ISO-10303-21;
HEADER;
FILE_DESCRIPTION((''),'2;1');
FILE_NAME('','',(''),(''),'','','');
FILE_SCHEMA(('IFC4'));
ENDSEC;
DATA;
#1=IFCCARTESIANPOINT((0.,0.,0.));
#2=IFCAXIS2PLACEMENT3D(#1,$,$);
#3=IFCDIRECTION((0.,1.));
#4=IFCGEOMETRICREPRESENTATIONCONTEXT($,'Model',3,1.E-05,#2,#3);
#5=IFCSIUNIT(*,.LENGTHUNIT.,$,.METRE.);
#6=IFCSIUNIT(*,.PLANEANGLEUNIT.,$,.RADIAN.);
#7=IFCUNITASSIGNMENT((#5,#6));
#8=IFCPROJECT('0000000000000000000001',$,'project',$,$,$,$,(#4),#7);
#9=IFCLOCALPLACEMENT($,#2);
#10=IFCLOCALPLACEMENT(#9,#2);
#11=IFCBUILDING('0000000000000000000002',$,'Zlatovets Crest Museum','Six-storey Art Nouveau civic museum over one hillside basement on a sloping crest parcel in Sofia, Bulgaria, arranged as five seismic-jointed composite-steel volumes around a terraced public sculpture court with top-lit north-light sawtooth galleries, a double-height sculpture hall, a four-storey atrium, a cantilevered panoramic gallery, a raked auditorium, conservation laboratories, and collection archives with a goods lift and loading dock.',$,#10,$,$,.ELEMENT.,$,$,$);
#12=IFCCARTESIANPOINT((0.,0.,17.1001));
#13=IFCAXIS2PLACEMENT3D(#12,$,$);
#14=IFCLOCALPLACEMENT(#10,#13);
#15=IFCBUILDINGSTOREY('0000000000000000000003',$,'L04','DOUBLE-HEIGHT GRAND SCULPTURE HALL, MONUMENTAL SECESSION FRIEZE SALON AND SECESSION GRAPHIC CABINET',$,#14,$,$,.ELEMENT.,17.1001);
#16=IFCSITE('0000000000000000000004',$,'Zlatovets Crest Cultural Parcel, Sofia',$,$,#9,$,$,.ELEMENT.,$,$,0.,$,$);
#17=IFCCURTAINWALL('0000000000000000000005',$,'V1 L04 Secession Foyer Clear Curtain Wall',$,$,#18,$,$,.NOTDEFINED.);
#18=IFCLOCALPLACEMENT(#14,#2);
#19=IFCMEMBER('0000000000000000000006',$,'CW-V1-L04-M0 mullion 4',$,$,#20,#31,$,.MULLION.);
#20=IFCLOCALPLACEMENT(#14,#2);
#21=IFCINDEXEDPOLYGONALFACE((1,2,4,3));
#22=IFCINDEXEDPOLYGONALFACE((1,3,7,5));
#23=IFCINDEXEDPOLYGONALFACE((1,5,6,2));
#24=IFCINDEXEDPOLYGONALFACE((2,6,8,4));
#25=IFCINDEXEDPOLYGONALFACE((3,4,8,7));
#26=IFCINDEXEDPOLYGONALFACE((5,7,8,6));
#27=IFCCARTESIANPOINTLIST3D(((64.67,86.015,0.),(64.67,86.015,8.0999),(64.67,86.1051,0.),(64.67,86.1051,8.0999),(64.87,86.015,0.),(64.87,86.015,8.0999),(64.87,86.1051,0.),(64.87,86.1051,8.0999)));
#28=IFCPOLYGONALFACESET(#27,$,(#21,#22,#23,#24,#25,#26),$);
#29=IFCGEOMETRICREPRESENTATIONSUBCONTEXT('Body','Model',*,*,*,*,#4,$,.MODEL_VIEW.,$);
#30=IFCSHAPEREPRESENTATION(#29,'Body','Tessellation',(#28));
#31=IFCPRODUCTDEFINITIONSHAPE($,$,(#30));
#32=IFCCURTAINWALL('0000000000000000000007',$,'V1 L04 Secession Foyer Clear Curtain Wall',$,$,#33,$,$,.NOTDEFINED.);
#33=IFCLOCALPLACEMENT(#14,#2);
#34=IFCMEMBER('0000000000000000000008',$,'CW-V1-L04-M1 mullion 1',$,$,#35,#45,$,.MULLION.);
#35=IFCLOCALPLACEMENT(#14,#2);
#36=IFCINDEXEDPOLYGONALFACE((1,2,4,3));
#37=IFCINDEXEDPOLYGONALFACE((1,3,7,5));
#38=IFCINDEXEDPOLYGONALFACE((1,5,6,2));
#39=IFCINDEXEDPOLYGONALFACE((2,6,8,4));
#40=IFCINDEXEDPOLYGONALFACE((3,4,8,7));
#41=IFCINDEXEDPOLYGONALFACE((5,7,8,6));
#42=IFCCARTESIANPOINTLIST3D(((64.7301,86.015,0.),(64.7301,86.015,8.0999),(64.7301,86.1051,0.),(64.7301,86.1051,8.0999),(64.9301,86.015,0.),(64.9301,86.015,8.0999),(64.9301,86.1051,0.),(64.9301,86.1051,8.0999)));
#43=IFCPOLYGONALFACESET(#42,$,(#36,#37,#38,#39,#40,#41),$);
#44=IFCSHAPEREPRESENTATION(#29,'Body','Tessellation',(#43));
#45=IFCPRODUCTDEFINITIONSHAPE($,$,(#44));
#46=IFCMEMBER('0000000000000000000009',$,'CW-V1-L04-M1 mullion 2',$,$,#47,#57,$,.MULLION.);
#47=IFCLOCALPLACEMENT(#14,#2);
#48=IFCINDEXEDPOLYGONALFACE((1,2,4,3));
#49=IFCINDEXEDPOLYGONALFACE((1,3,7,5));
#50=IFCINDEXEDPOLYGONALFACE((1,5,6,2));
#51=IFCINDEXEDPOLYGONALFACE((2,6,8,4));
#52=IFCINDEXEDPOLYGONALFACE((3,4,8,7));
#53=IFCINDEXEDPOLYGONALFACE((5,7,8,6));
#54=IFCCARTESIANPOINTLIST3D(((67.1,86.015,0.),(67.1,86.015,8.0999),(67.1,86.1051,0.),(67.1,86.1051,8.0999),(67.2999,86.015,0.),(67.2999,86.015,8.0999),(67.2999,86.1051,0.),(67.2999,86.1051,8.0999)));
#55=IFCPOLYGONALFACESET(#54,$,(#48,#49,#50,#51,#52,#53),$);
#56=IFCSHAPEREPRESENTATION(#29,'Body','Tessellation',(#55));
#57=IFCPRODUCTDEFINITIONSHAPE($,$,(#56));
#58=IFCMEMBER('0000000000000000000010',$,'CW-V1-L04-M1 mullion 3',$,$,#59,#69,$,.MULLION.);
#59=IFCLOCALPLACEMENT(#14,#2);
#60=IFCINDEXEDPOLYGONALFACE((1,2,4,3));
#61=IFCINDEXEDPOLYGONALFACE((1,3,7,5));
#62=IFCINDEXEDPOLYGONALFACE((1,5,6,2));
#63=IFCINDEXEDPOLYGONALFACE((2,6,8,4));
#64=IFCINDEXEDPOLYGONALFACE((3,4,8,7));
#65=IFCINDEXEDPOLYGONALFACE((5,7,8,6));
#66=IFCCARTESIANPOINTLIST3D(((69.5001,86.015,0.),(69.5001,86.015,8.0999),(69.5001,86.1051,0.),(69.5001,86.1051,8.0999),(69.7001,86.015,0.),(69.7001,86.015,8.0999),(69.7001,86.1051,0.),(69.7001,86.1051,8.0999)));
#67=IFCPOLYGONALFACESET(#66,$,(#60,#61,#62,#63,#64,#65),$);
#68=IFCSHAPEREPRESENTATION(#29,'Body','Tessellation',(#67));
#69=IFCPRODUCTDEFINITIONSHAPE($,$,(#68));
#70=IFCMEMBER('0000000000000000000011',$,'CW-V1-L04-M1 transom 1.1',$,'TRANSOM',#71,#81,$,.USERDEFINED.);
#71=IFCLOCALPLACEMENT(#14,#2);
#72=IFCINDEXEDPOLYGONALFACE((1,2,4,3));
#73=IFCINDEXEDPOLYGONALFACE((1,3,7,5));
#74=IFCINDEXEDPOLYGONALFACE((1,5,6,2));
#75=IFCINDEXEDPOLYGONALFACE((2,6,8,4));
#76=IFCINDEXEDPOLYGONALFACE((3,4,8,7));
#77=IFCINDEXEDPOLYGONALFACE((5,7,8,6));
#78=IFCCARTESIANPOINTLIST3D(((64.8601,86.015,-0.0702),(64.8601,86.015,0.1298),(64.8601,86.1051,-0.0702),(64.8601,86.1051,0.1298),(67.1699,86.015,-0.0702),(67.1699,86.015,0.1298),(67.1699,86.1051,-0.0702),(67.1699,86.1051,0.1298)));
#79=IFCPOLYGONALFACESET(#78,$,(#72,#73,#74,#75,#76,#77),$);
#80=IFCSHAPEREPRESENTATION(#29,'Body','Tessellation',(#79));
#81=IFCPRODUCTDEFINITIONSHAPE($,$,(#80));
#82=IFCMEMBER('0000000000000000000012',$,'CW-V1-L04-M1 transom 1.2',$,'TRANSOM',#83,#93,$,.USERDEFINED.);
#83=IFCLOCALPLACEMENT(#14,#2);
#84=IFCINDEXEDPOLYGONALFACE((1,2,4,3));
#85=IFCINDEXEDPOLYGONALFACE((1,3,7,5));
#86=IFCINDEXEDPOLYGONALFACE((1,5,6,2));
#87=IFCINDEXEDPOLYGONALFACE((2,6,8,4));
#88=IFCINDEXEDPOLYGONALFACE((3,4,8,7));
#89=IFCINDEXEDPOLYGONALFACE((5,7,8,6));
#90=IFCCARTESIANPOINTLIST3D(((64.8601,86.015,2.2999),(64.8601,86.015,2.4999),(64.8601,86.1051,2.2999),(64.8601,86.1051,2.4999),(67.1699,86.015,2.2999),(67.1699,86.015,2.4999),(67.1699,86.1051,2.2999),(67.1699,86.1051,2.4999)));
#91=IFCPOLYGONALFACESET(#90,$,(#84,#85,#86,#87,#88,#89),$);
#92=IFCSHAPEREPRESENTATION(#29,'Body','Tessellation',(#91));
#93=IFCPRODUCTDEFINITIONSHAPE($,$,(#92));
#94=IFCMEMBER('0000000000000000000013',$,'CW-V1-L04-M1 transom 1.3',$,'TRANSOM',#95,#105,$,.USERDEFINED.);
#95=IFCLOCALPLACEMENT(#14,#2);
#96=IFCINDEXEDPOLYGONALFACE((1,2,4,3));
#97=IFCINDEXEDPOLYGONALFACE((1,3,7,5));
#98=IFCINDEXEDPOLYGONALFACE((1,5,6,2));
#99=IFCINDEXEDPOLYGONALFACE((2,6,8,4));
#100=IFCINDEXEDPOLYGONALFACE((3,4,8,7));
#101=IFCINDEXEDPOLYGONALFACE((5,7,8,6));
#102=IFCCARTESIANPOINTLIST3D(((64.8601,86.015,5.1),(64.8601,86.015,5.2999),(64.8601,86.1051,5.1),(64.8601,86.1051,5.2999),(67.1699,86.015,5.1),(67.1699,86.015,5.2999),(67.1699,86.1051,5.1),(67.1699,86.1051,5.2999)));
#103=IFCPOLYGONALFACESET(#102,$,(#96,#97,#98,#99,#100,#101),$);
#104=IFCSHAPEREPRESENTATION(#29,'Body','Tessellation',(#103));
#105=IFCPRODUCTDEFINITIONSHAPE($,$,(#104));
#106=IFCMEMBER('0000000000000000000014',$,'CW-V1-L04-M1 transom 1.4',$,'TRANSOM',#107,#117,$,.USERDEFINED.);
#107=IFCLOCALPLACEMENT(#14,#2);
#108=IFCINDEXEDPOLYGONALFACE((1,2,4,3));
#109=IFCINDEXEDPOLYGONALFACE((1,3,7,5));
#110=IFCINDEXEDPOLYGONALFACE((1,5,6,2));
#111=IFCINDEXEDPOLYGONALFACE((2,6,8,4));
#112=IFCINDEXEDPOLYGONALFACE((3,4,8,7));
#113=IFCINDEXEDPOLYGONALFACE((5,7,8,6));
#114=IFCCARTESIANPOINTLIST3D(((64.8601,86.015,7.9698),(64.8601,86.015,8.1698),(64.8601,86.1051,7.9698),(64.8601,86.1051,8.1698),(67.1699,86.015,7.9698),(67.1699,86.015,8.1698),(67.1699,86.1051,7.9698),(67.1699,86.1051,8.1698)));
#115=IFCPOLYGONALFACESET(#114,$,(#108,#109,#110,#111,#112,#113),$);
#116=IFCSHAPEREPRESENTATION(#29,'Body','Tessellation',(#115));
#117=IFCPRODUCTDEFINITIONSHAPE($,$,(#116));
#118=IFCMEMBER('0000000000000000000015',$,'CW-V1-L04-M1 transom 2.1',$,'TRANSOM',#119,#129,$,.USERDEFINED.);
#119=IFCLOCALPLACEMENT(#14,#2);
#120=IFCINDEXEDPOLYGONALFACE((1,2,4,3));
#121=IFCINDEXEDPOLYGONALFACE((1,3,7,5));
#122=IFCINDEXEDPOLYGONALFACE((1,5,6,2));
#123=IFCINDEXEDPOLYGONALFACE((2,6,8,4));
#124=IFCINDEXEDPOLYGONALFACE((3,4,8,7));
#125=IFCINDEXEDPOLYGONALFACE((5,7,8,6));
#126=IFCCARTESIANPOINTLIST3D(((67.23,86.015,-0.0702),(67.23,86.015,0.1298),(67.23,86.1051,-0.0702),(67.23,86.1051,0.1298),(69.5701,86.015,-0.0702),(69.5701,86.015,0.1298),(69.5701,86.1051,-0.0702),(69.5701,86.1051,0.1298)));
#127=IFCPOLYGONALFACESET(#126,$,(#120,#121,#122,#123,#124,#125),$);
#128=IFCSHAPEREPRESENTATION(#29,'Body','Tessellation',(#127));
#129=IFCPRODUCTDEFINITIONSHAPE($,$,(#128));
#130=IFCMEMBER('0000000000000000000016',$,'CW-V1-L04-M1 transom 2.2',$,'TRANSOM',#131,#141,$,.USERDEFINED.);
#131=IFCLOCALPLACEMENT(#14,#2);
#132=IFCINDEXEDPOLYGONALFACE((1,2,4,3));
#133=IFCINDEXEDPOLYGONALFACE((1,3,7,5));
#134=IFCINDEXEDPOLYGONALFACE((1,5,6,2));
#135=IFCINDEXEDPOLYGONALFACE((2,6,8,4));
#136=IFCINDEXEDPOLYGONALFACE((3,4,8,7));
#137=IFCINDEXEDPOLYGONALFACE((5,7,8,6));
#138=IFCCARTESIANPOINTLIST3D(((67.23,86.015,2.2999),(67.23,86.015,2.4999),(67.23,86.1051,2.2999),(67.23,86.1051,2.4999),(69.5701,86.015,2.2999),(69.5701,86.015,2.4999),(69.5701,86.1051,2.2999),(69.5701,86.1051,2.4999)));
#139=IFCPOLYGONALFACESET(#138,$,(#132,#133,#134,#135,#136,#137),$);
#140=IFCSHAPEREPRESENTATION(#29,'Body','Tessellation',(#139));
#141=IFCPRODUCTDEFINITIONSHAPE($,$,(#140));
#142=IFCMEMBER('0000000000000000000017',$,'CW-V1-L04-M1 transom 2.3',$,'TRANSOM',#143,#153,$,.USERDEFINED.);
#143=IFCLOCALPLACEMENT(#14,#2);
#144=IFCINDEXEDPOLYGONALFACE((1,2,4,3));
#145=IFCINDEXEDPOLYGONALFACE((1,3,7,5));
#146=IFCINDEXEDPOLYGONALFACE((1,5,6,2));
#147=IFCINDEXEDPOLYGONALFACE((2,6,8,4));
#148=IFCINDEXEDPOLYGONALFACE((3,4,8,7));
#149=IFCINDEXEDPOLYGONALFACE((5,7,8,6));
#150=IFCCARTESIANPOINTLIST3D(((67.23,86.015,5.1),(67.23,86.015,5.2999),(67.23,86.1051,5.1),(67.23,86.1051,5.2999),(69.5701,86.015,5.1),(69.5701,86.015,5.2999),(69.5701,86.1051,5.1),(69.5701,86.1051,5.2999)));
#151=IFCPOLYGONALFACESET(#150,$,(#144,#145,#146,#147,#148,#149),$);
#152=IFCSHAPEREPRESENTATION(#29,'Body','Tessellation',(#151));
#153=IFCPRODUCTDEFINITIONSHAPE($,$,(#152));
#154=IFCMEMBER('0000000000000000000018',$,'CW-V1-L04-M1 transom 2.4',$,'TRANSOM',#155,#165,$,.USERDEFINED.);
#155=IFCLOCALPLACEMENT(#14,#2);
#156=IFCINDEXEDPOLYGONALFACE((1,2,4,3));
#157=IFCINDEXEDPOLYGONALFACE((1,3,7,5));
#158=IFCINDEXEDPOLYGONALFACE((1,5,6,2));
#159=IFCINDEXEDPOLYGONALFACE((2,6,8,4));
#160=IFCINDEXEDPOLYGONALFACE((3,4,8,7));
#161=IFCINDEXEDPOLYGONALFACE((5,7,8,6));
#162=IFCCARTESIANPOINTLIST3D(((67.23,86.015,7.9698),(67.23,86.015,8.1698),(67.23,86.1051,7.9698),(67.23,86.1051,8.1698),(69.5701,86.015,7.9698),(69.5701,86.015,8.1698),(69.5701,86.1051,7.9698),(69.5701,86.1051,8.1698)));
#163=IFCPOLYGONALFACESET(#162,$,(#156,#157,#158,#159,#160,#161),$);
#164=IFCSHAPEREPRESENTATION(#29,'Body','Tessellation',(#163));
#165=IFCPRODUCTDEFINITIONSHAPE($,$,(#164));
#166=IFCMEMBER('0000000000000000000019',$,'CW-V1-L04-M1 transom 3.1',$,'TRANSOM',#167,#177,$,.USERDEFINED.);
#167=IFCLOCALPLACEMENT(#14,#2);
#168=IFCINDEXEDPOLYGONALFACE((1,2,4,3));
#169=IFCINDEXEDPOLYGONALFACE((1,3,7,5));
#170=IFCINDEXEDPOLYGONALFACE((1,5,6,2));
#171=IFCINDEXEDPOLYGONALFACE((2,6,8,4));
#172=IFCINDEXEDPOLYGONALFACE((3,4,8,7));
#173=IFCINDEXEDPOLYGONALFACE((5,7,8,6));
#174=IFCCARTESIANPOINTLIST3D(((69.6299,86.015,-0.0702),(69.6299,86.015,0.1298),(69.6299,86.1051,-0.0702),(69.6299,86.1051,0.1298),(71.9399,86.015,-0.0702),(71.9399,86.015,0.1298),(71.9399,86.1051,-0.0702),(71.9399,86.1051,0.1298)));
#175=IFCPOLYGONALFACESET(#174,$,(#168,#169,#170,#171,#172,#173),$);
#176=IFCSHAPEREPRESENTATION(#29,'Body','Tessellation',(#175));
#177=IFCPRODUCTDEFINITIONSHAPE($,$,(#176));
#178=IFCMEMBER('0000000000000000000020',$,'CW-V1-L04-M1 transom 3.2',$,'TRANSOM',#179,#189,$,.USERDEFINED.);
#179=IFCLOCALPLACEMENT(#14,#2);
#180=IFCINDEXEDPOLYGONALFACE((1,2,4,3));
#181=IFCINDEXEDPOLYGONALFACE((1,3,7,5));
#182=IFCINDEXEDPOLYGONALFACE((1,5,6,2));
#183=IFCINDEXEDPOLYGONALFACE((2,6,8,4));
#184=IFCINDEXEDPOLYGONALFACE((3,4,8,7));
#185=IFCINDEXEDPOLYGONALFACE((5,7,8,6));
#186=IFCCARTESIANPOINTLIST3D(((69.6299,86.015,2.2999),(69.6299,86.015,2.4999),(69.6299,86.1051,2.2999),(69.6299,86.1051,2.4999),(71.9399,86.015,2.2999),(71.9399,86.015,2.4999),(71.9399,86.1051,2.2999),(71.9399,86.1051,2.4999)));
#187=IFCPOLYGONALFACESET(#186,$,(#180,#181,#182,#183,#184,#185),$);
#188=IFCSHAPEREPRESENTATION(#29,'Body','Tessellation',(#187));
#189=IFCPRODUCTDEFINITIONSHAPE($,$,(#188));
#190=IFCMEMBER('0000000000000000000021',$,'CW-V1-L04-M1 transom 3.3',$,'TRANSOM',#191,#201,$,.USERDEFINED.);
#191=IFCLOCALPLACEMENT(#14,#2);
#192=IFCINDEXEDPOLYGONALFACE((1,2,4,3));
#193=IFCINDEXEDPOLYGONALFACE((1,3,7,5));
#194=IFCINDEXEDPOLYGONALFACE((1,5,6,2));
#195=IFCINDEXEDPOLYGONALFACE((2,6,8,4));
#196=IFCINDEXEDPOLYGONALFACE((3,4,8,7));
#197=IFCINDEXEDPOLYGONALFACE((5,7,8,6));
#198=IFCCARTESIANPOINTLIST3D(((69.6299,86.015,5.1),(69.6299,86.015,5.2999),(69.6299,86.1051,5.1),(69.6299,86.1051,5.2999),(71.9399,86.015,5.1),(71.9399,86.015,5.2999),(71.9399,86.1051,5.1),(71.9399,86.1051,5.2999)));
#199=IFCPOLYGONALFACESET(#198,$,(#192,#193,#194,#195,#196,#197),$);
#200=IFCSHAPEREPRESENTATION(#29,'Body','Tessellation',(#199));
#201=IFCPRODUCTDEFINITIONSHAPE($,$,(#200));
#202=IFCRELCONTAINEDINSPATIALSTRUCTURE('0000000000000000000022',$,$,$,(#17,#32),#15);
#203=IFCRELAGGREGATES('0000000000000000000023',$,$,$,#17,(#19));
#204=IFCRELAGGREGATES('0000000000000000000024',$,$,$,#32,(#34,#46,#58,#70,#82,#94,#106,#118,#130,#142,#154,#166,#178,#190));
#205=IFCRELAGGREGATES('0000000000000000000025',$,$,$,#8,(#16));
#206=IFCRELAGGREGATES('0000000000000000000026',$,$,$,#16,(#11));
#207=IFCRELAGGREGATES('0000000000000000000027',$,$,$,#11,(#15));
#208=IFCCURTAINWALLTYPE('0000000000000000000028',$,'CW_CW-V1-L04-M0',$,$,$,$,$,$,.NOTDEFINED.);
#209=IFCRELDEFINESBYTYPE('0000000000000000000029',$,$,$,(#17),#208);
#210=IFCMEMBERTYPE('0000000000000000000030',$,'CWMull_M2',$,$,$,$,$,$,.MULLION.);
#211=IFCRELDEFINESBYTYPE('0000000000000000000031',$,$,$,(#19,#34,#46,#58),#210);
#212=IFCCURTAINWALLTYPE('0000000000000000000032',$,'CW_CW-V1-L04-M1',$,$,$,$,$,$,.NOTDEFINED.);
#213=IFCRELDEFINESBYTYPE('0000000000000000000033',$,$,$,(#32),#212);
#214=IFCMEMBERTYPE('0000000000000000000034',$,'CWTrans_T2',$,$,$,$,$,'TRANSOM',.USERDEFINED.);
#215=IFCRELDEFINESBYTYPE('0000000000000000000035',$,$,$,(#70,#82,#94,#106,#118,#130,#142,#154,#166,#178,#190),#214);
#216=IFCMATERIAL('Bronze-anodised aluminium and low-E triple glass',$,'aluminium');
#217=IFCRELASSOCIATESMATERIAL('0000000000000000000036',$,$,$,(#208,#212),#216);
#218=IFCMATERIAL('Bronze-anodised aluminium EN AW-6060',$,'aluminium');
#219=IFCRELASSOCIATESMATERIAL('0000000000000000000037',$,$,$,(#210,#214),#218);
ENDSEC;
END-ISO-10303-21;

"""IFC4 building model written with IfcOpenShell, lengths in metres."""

from ifc_helpers import new_model, si_unit, direction, frame, origin, origin_2d, place, context, subcontext, project, spatial, rectangle, extrude, material, material_profile, profile_set, type_object, element, aggregate, save


model = new_model("IFC4")

# Units and contexts
model_context = context("Model", 3, precision=1e-05, world=origin(), true_north=direction((0.0, 1.0)))
body_context = subcontext(model_context, "Body", "Model", "MODEL_VIEW")
ifc_project = project(units=[si_unit("LENGTHUNIT", "METRE"), si_unit("PLANEANGLEUNIT", "RADIAN")], contexts=[model_context])

# Site, building, storey
site_placement = place(None, origin())
site = spatial("IfcSite", under=ifc_project, at=site_placement, Name="Zlatovets Crest Cultural Parcel, Sofia", CompositionType="ELEMENT", RefElevation=0.0)
building_placement = place(site_placement, origin())
building = spatial("IfcBuilding", under=site, at=building_placement, Name="Zlatovets Crest Museum", Description="Six-storey Art Nouveau civic museum over one hillside basement on a sloping crest parcel in Sofia, Bulgaria, arranged as five seismic-jointed composite-steel volumes around a terraced public sculpture court with top-lit north-light sawtooth galleries, a double-height sculpture hall, a four-storey atrium, a cantilevered panoramic gallery, a raked auditorium, conservation laboratories, and collection archives with a goods lift and loading dock.", CompositionType="ELEMENT")
storey_placement = place(building_placement, frame((0.0, 0.0, 17.1001)))
storey = spatial("IfcBuildingStorey", under=building, at=storey_placement, Name="L04", Description="DOUBLE-HEIGHT GRAND SCULPTURE HALL, MONUMENTAL SECESSION FRIEZE SALON AND SECESSION GRAPHIC CABINET", CompositionType="ELEMENT", Elevation=17.1001)

# Curtain wall, member
ifc_material_1 = material(Name="Bronze-anodised aluminium and low-E triple glass", Category="aluminium")
curtain_wall_type_1 = type_object("IfcCurtainWallType", Name="CW_CW-V1-L04-M0", PredefinedType="NOTDEFINED", material=ifc_material_1)
curtain_wall_1_placement = place(storey_placement, origin())
curtain_wall_1 = element("IfcCurtainWall", 1, at=curtain_wall_1_placement, inside=storey, type_object=curtain_wall_type_1, Name="V1 L04 Secession Foyer Clear Curtain Wall", PredefinedType="NOTDEFINED")
ifc_material_2 = material(Name="Bronze-anodised aluminium EN AW-6060", Category="aluminium")
ifc_material_profile_1 = material_profile(ifc_material_2, rectangle(XDim=0.0901, YDim=0.2, at=origin_2d()), Name="ALU 90x200")
ifc_profile_set_1 = profile_set([ifc_material_profile_1], Name="Bronze-anodised aluminium EN AW-6060")
member_type_1 = type_object("IfcMemberType", Name="CWMull_M2", PredefinedType="MULLION", material=ifc_profile_set_1)
member_1_placement = place(storey_placement, frame((64.77, 86.0601, 0.0), z_axis=(0.0, 0.0, 1.0), x_axis=(0.0, 1.0, 0.0)))
member_1 = element("IfcMember", 2, at=member_1_placement, type_object=member_type_1, Name="CW-V1-L04-M0 mullion 4", PredefinedType="MULLION", context=body_context, shape_type="SweptSolid", body=[
    extrude(rectangle(XDim=0.0901, YDim=0.2, at=origin_2d()), origin(), (0.0, 0.0, 1.0), 8.0999),
])
aggregate(curtain_wall_1, [member_1])

# Curtain wall, members
curtain_wall_type_2 = type_object("IfcCurtainWallType", Name="CW_CW-V1-L04-M1", PredefinedType="NOTDEFINED", material=ifc_material_1)
curtain_wall_2_placement = place(storey_placement, origin())
curtain_wall_2 = element("IfcCurtainWall", 3, at=curtain_wall_2_placement, inside=storey, type_object=curtain_wall_type_2, Name="V1 L04 Secession Foyer Clear Curtain Wall", PredefinedType="NOTDEFINED")
member_2_placement = place(storey_placement, frame((64.8301, 86.0601, 0.0), z_axis=(0.0, 0.0, 1.0), x_axis=(0.0, 1.0, 0.0)))
member_2 = element("IfcMember", 4, at=member_2_placement, type_object=member_type_1, Name="CW-V1-L04-M1 mullion 1", PredefinedType="MULLION", context=body_context, shape_type="SweptSolid", body=[
    extrude(rectangle(XDim=0.0901, YDim=0.2, at=origin_2d()), origin(), (0.0, 0.0, 1.0), 8.0999),
])
member_3_placement = place(storey_placement, frame((67.2, 86.0601, 0.0), z_axis=(0.0, 0.0, 1.0), x_axis=(0.0, 1.0, 0.0)))
member_3 = element("IfcMember", 5, at=member_3_placement, type_object=member_type_1, Name="CW-V1-L04-M1 mullion 2", PredefinedType="MULLION", context=body_context, shape_type="SweptSolid", body=[
    extrude(rectangle(XDim=0.0901, YDim=0.2, at=origin_2d()), origin(), (0.0, 0.0, 1.0), 8.0999),
])
member_4_placement = place(storey_placement, frame((69.6001, 86.0601, 0.0), z_axis=(0.0, 0.0, 1.0), x_axis=(0.0, 1.0, 0.0)))
member_4 = element("IfcMember", 6, at=member_4_placement, type_object=member_type_1, Name="CW-V1-L04-M1 mullion 3", PredefinedType="MULLION", context=body_context, shape_type="SweptSolid", body=[
    extrude(rectangle(XDim=0.0901, YDim=0.2, at=origin_2d()), origin(), (0.0, 0.0, 1.0), 8.0999),
])
ifc_material_profile_2 = material_profile(ifc_material_2, rectangle(XDim=0.0901, YDim=0.2, at=origin_2d()), Name="ALU 90x200")
ifc_profile_set_2 = profile_set([ifc_material_profile_2], Name="Bronze-anodised aluminium EN AW-6060")
member_type_2 = type_object("IfcMemberType", Name="CWTrans_T2", ElementType="TRANSOM", PredefinedType="USERDEFINED", material=ifc_profile_set_2)
member_5_placement = place(storey_placement, frame((64.8601, 86.0601, 0.0298), z_axis=(1.0, 0.0, 0.0), x_axis=(0.0, 1.0, 0.0)))
member_5 = element("IfcMember", 7, at=member_5_placement, type_object=member_type_2, Name="CW-V1-L04-M1 transom 1.1", ObjectType="TRANSOM", PredefinedType="USERDEFINED", context=body_context, shape_type="SweptSolid", body=[
    extrude(rectangle(XDim=0.0901, YDim=0.2, at=origin_2d()), origin(), (0.0, 0.0, 1.0), 2.3098),
])
member_6_placement = place(storey_placement, frame((64.8601, 86.0601, 2.3999), z_axis=(1.0, 0.0, 0.0), x_axis=(0.0, 1.0, 0.0)))
member_6 = element("IfcMember", 8, at=member_6_placement, type_object=member_type_2, Name="CW-V1-L04-M1 transom 1.2", ObjectType="TRANSOM", PredefinedType="USERDEFINED", context=body_context, shape_type="SweptSolid", body=[
    extrude(rectangle(XDim=0.0901, YDim=0.2, at=origin_2d()), origin(), (0.0, 0.0, 1.0), 2.3098),
])
member_7_placement = place(storey_placement, frame((64.8601, 86.0601, 5.2), z_axis=(1.0, 0.0, 0.0), x_axis=(0.0, 1.0, 0.0)))
member_7 = element("IfcMember", 9, at=member_7_placement, type_object=member_type_2, Name="CW-V1-L04-M1 transom 1.3", ObjectType="TRANSOM", PredefinedType="USERDEFINED", context=body_context, shape_type="SweptSolid", body=[
    extrude(rectangle(XDim=0.0901, YDim=0.2, at=origin_2d()), origin(), (0.0, 0.0, 1.0), 2.3098),
])
member_8_placement = place(storey_placement, frame((64.8601, 86.0601, 8.0698), z_axis=(1.0, 0.0, 0.0), x_axis=(0.0, 1.0, 0.0)))
member_8 = element("IfcMember", 10, at=member_8_placement, type_object=member_type_2, Name="CW-V1-L04-M1 transom 1.4", ObjectType="TRANSOM", PredefinedType="USERDEFINED", context=body_context, shape_type="SweptSolid", body=[
    extrude(rectangle(XDim=0.0901, YDim=0.2, at=origin_2d()), origin(), (0.0, 0.0, 1.0), 2.3098),
])
member_9_placement = place(storey_placement, frame((67.23, 86.0601, 0.0298), z_axis=(1.0, 0.0, 0.0), x_axis=(0.0, 1.0, 0.0)))
member_9 = element("IfcMember", 11, at=member_9_placement, type_object=member_type_2, Name="CW-V1-L04-M1 transom 2.1", ObjectType="TRANSOM", PredefinedType="USERDEFINED", context=body_context, shape_type="SweptSolid", body=[
    extrude(rectangle(XDim=0.0901, YDim=0.2, at=origin_2d()), origin(), (0.0, 0.0, 1.0), 2.3401),
])
member_10_placement = place(storey_placement, frame((67.23, 86.0601, 2.3999), z_axis=(1.0, 0.0, 0.0), x_axis=(0.0, 1.0, 0.0)))
member_10 = element("IfcMember", 12, at=member_10_placement, type_object=member_type_2, Name="CW-V1-L04-M1 transom 2.2", ObjectType="TRANSOM", PredefinedType="USERDEFINED", context=body_context, shape_type="SweptSolid", body=[
    extrude(rectangle(XDim=0.0901, YDim=0.2, at=origin_2d()), origin(), (0.0, 0.0, 1.0), 2.3401),
])
member_11_placement = place(storey_placement, frame((67.23, 86.0601, 5.2), z_axis=(1.0, 0.0, 0.0), x_axis=(0.0, 1.0, 0.0)))
member_11 = element("IfcMember", 13, at=member_11_placement, type_object=member_type_2, Name="CW-V1-L04-M1 transom 2.3", ObjectType="TRANSOM", PredefinedType="USERDEFINED", context=body_context, shape_type="SweptSolid", body=[
    extrude(rectangle(XDim=0.0901, YDim=0.2, at=origin_2d()), origin(), (0.0, 0.0, 1.0), 2.3401),
])
member_12_placement = place(storey_placement, frame((67.23, 86.0601, 8.0698), z_axis=(1.0, 0.0, 0.0), x_axis=(0.0, 1.0, 0.0)))
member_12 = element("IfcMember", 14, at=member_12_placement, type_object=member_type_2, Name="CW-V1-L04-M1 transom 2.4", ObjectType="TRANSOM", PredefinedType="USERDEFINED", context=body_context, shape_type="SweptSolid", body=[
    extrude(rectangle(XDim=0.0901, YDim=0.2, at=origin_2d()), origin(), (0.0, 0.0, 1.0), 2.3401),
])
member_13_placement = place(storey_placement, frame((69.6299, 86.0601, 0.0298), z_axis=(1.0, 0.0, 0.0), x_axis=(0.0, 1.0, 0.0)))
member_13 = element("IfcMember", 15, at=member_13_placement, type_object=member_type_2, Name="CW-V1-L04-M1 transom 3.1", ObjectType="TRANSOM", PredefinedType="USERDEFINED", context=body_context, shape_type="SweptSolid", body=[
    extrude(rectangle(XDim=0.0901, YDim=0.2, at=origin_2d()), origin(), (0.0, 0.0, 1.0), 2.3101),
])
member_14_placement = place(storey_placement, frame((69.6299, 86.0601, 2.3999), z_axis=(1.0, 0.0, 0.0), x_axis=(0.0, 1.0, 0.0)))
member_14 = element("IfcMember", 16, at=member_14_placement, type_object=member_type_2, Name="CW-V1-L04-M1 transom 3.2", ObjectType="TRANSOM", PredefinedType="USERDEFINED", context=body_context, shape_type="SweptSolid", body=[
    extrude(rectangle(XDim=0.0901, YDim=0.2, at=origin_2d()), origin(), (0.0, 0.0, 1.0), 2.3101),
])
member_15_placement = place(storey_placement, frame((69.6299, 86.0601, 5.2), z_axis=(1.0, 0.0, 0.0), x_axis=(0.0, 1.0, 0.0)))
member_15 = element("IfcMember", 17, at=member_15_placement, type_object=member_type_2, Name="CW-V1-L04-M1 transom 3.3", ObjectType="TRANSOM", PredefinedType="USERDEFINED", context=body_context, shape_type="SweptSolid", body=[
    extrude(rectangle(XDim=0.0901, YDim=0.2, at=origin_2d()), origin(), (0.0, 0.0, 1.0), 2.3101),
])

aggregate(curtain_wall_2, [member_2, member_3, member_4, member_5, member_6, member_7, member_8, member_9, member_10, member_11, member_12, member_13, member_14, member_15])

save(model, "model.ifc")
